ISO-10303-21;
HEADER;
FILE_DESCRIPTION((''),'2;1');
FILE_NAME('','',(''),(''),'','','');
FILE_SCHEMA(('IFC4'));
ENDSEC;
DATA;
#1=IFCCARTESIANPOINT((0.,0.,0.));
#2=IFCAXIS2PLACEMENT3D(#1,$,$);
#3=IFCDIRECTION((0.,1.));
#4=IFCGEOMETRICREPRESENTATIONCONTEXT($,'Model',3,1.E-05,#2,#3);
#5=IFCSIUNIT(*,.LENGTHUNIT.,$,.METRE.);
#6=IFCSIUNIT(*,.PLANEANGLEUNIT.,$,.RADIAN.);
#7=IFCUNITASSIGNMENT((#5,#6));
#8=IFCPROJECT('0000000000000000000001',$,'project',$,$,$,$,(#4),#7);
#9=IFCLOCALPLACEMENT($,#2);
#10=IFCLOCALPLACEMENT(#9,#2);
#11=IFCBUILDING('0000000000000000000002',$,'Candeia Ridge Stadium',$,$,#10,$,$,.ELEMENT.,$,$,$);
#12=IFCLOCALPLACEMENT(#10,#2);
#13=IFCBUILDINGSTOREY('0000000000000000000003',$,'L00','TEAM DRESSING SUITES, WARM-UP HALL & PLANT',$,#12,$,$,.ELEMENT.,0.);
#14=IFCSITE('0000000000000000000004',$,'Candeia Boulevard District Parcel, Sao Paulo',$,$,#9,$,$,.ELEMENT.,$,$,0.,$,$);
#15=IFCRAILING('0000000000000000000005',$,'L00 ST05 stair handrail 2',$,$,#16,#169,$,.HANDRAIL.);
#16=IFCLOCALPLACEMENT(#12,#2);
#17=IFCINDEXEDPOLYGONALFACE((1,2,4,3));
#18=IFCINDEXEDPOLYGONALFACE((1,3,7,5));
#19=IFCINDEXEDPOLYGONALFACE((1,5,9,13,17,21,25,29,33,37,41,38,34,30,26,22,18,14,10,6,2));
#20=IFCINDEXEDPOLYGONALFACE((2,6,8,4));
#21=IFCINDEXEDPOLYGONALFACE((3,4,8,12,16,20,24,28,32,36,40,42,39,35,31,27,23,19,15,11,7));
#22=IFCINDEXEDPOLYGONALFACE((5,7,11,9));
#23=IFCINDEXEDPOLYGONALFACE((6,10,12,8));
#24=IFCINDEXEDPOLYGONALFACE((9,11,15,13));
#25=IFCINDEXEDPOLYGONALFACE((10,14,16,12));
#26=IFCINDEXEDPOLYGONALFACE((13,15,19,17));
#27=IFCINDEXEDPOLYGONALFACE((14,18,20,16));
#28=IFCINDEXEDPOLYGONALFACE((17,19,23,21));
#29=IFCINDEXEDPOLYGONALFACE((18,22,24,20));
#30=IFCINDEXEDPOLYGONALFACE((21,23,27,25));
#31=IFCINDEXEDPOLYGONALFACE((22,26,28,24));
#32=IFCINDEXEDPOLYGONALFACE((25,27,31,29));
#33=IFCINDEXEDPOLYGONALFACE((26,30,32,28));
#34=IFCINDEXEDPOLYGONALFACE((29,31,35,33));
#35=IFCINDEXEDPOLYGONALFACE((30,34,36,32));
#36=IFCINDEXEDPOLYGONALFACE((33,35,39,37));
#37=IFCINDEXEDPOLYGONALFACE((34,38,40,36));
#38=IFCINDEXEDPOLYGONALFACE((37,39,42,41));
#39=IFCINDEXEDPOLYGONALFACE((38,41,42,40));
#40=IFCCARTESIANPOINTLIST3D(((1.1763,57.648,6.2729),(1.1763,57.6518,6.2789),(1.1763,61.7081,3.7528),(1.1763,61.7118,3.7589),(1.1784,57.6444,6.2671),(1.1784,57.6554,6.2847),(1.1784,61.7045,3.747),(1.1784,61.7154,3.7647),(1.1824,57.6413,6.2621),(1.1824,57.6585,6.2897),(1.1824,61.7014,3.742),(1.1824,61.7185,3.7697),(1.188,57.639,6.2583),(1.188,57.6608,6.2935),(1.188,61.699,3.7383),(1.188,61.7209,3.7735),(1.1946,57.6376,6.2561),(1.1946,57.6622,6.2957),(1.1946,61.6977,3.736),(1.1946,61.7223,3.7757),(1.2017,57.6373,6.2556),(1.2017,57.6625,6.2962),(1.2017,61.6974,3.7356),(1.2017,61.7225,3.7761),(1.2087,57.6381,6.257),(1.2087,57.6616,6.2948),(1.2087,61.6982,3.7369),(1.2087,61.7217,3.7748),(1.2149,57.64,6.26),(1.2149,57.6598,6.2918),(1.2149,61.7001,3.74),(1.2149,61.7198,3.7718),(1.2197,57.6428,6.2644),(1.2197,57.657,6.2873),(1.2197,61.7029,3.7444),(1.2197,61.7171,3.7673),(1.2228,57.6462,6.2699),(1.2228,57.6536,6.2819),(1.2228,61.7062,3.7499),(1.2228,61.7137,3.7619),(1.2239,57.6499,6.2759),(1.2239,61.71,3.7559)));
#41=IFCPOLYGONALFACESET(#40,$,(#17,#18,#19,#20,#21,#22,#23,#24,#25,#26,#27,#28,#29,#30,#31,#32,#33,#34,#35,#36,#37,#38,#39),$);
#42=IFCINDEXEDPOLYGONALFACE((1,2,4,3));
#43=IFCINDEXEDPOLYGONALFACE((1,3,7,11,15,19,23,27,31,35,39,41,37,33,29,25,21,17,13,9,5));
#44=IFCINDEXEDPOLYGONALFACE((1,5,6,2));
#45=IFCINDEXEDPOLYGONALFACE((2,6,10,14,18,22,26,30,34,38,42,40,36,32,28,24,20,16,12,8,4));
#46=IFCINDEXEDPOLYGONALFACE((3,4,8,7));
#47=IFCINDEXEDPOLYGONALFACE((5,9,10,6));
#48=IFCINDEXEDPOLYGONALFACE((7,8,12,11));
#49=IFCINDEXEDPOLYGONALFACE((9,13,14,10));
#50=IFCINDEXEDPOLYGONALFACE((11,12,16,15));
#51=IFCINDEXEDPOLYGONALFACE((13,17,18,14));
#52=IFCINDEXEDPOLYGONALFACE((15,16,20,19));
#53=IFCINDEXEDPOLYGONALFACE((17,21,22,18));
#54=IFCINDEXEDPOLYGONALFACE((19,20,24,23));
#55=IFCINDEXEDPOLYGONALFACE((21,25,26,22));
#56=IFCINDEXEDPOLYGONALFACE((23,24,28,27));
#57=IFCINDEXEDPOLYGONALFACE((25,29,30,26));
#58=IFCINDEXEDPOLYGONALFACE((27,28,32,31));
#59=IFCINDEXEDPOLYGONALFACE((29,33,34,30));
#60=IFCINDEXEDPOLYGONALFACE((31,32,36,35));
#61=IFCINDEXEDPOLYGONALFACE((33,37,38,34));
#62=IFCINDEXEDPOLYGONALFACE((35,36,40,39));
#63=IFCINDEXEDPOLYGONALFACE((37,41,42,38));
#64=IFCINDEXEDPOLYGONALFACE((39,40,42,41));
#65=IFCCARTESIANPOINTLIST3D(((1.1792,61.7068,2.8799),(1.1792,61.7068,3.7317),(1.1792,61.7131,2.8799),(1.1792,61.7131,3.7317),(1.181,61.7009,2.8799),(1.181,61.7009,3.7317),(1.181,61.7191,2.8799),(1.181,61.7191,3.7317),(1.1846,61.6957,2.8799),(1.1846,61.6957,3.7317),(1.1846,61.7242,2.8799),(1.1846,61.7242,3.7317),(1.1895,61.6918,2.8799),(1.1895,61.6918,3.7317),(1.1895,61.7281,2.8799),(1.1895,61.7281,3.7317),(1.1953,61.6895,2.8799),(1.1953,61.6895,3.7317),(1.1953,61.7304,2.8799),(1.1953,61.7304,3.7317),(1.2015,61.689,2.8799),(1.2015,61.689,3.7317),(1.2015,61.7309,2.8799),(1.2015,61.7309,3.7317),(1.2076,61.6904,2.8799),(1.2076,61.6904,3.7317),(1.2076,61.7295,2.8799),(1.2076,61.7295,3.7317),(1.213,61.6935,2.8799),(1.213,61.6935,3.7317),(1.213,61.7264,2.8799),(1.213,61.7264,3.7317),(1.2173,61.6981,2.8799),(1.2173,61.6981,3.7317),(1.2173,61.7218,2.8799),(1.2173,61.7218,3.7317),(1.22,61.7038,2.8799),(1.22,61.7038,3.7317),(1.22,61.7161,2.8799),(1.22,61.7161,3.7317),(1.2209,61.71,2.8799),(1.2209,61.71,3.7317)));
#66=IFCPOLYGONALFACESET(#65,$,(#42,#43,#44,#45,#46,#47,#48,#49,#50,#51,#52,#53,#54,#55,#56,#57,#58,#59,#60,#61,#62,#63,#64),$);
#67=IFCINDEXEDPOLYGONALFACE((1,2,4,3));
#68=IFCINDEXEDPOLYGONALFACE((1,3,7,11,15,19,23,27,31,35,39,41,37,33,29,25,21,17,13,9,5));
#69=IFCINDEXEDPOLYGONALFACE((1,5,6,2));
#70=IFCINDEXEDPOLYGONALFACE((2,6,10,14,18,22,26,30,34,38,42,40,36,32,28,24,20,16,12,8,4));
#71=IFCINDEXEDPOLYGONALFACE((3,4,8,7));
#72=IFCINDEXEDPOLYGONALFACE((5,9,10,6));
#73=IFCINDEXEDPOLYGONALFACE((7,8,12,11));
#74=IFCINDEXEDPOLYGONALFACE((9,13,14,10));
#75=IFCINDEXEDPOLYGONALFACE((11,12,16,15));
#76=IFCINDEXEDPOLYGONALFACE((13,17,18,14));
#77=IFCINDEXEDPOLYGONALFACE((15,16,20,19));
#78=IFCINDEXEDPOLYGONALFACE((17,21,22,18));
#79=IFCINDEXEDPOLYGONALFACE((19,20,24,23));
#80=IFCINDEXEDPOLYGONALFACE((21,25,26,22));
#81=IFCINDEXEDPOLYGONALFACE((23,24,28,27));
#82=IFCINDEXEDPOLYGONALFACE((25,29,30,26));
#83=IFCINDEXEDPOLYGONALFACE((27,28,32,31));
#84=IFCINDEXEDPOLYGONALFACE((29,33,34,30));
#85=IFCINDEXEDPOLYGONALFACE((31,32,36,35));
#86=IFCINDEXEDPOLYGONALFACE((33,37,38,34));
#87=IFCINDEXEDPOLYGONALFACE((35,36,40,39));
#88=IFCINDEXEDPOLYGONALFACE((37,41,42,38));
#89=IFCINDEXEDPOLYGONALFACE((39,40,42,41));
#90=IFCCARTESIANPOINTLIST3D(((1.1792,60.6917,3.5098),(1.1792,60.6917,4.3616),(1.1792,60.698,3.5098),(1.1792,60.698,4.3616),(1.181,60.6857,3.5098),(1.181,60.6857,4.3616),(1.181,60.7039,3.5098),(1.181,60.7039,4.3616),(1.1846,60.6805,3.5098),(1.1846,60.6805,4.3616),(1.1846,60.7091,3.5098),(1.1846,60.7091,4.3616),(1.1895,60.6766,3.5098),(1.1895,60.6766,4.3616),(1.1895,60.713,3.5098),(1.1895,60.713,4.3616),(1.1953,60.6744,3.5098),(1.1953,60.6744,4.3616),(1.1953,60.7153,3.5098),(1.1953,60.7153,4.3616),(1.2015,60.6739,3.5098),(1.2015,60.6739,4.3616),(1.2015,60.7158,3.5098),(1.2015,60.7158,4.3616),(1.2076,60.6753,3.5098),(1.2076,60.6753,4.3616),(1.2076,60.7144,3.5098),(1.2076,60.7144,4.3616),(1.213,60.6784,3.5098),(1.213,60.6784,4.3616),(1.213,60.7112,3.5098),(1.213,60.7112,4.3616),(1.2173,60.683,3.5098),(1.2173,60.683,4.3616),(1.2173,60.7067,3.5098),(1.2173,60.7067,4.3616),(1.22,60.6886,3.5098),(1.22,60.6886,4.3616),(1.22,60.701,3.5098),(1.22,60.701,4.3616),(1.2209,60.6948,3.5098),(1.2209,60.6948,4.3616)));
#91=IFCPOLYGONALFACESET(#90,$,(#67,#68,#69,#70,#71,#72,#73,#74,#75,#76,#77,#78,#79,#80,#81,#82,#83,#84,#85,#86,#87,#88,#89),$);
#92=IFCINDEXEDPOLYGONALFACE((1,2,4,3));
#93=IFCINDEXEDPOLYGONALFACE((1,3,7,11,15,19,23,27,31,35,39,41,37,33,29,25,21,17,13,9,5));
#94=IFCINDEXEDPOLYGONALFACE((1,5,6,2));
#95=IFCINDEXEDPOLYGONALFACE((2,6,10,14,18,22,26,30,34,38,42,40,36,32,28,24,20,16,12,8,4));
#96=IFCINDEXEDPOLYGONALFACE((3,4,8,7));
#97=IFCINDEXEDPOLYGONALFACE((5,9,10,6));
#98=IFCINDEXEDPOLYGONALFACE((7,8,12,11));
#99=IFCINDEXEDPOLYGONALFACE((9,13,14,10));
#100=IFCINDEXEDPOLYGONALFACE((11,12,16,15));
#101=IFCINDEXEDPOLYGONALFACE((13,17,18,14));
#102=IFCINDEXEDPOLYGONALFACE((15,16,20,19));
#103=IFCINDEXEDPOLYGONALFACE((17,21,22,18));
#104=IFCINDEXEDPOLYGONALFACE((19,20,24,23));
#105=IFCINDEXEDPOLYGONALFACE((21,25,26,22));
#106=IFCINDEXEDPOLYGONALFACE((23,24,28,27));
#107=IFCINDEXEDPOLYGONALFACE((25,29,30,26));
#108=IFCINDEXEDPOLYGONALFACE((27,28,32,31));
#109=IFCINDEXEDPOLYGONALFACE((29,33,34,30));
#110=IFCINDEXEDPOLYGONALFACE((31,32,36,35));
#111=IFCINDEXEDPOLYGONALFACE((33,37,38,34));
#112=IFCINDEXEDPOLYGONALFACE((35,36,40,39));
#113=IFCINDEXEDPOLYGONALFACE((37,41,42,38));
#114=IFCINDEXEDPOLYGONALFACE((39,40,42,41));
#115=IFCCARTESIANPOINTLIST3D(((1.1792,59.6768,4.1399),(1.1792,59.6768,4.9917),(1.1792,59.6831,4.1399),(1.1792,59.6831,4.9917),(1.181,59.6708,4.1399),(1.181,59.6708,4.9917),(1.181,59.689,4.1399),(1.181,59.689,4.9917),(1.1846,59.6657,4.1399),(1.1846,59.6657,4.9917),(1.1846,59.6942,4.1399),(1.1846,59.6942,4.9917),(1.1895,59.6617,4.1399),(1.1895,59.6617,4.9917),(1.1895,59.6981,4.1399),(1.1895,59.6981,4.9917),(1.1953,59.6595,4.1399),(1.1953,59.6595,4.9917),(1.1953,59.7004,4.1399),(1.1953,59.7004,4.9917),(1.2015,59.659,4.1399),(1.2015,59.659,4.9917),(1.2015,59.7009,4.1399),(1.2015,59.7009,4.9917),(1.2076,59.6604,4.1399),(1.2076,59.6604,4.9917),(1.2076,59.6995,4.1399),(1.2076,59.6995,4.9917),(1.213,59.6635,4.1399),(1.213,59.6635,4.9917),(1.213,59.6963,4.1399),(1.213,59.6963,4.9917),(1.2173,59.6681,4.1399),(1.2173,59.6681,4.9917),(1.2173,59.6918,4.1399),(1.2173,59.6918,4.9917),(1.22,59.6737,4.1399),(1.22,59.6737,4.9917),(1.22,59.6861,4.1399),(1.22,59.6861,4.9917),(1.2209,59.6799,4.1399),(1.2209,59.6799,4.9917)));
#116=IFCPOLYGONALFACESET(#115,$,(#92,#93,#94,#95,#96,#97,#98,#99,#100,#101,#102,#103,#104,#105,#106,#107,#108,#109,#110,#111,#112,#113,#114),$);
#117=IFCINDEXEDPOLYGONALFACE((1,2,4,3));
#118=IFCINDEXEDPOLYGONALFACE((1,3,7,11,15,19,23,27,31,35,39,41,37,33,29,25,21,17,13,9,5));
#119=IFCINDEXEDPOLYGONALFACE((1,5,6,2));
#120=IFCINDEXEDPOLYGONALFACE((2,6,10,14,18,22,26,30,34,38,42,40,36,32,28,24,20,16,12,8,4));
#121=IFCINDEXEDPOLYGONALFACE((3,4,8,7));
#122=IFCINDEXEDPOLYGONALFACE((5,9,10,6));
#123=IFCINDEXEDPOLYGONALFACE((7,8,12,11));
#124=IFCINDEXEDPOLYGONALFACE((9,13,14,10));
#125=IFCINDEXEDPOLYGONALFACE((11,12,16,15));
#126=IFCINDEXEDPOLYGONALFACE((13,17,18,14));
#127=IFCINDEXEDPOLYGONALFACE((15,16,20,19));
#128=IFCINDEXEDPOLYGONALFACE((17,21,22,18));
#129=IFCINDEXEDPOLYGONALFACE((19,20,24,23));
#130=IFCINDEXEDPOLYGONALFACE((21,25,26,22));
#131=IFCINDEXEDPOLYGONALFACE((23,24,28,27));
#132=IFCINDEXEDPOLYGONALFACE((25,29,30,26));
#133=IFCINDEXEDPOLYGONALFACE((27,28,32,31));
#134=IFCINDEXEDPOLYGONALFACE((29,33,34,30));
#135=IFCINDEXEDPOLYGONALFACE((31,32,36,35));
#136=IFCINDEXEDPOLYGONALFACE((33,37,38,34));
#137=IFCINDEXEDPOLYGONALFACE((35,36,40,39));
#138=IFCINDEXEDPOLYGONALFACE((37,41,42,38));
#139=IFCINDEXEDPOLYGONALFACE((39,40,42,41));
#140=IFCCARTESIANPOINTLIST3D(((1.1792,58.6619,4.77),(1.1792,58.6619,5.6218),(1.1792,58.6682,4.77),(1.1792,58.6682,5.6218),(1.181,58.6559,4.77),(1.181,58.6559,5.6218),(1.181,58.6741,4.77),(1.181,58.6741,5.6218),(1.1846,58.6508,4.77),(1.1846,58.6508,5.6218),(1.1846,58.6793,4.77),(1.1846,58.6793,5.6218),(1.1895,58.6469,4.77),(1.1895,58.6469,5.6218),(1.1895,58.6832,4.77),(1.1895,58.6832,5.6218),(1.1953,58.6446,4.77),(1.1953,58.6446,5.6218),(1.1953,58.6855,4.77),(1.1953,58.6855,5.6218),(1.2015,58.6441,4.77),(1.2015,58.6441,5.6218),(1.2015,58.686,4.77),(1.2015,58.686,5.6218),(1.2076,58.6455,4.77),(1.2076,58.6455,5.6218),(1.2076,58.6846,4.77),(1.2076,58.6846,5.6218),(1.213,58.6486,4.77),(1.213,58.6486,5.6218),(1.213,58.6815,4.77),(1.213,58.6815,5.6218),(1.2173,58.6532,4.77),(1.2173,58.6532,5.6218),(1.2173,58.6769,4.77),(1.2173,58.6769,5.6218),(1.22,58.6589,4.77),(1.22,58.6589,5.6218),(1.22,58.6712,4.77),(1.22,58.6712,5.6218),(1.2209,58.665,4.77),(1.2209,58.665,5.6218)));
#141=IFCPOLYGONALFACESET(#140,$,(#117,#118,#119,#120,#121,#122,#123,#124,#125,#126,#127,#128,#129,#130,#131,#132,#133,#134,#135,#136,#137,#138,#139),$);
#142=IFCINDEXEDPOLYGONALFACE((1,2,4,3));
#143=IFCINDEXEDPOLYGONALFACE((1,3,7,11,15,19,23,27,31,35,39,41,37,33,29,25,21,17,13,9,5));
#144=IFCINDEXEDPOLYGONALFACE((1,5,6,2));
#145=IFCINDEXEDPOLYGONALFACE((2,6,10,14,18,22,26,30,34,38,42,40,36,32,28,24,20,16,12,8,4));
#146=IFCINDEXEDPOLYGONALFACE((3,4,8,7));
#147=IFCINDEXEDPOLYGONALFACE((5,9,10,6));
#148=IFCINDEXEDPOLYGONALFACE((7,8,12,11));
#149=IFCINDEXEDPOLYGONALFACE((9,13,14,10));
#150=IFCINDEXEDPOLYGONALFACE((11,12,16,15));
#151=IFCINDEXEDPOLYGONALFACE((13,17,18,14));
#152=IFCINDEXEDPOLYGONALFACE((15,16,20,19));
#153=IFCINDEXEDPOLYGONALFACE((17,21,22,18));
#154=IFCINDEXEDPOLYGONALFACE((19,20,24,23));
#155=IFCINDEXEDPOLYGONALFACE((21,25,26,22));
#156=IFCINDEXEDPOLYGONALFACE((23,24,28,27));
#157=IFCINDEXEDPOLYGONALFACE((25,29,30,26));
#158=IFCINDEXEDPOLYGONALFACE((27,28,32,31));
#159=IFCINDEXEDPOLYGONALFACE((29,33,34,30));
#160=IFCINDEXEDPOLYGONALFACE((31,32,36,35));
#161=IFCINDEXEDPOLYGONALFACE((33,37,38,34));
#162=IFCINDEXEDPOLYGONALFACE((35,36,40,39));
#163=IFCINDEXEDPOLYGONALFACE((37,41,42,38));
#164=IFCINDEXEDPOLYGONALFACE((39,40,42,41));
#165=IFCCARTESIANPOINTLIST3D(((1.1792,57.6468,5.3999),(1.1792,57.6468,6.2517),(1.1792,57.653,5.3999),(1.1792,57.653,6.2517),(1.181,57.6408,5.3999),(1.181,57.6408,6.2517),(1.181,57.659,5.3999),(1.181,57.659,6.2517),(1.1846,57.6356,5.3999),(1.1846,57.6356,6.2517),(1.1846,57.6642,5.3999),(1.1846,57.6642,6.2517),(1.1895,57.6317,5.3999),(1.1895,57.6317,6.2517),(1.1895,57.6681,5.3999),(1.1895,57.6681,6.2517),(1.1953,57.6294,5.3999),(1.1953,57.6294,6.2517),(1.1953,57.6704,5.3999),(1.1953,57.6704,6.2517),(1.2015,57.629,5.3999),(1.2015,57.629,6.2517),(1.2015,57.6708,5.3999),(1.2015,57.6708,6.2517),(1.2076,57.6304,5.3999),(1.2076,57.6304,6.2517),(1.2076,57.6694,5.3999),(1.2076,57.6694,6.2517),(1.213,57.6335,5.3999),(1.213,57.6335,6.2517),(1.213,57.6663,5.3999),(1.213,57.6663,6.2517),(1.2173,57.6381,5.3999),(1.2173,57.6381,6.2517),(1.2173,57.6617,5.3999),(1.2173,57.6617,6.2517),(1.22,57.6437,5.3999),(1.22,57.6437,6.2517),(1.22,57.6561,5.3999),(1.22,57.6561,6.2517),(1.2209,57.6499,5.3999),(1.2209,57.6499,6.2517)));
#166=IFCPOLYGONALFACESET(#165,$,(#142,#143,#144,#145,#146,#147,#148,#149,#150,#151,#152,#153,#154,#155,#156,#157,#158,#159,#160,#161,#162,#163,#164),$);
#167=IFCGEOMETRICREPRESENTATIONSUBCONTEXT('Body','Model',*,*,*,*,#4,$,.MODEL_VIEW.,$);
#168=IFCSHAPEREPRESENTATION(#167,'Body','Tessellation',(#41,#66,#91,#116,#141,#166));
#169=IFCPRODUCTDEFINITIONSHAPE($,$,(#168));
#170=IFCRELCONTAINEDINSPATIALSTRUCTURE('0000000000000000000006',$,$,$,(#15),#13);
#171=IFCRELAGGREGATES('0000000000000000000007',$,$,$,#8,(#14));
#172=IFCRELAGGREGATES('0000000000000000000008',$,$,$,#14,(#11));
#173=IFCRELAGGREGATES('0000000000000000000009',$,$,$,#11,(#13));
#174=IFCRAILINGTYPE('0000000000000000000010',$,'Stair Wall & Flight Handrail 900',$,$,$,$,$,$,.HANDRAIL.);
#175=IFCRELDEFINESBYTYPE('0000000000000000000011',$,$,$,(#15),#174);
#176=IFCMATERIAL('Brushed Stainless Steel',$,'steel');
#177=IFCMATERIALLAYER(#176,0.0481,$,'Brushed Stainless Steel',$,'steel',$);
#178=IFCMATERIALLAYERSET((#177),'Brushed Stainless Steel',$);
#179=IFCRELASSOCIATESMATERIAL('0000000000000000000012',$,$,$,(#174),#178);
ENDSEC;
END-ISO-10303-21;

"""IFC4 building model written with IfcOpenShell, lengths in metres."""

from ifc_helpers import new_model, si_unit, direction, frame, origin, origin_2d, place, context, subcontext, project, spatial, circle, extrude, material, layer, layer_set, type_object, element, save


model = new_model("IFC4")

# Units and contexts
model_context = context("Model", 3, precision=1e-05, world=origin(), true_north=direction((0.0, 1.0)))
body_context = subcontext(model_context, "Body", "Model", "MODEL_VIEW")
ifc_project = project(units=[si_unit("LENGTHUNIT", "METRE"), si_unit("PLANEANGLEUNIT", "RADIAN")], contexts=[model_context])

# Site, building, storey
site_placement = place(None, origin())
site = spatial("IfcSite", under=ifc_project, at=site_placement, Name="Candeia Boulevard District Parcel, Sao Paulo", CompositionType="ELEMENT", RefElevation=0.0)
building_placement = place(site_placement, origin())
building = spatial("IfcBuilding", under=site, at=building_placement, Name="Candeia Ridge Stadium", CompositionType="ELEMENT")
storey_placement = place(building_placement, origin())
storey = spatial("IfcBuildingStorey", under=building, at=storey_placement, Name="L00", Description="TEAM DRESSING SUITES, WARM-UP HALL & PLANT", CompositionType="ELEMENT", Elevation=0.0)

# Railing
ifc_material_1 = material(Name="Brushed Stainless Steel", Category="steel")
ifc_layer_1 = layer(ifc_material_1, 0.0481, Name="Brushed Stainless Steel", Category="steel")
ifc_layer_set_1 = layer_set([ifc_layer_1], Name="Brushed Stainless Steel")
railing_type_1 = type_object("IfcRailingType", Name="Stair Wall & Flight Handrail 900", PredefinedType="HANDRAIL", material=ifc_layer_set_1)
railing_1_placement = place(storey_placement, frame((1.2, 61.71, 2.8799)))
element("IfcRailing", 1, at=railing_1_placement, inside=storey, type_object=railing_type_1, Name="L00 ST05 stair handrail 2", PredefinedType="HANDRAIL", context=body_context, shape_type="SweptSolid", body=[
    extrude(circle(Radius=0.0239, at=origin_2d()), frame((0.0, 0.0, 0.876), z_axis=(0.0, -0.849642, 0.52736), x_axis=(1.0, 0.0, 0.0)), (0.0, 0.0, 1.0), 4.7786),
    extrude(circle(Radius=0.021, at=origin_2d()), origin(), (0.0, 0.0, 1.0), 0.8518),
    extrude(circle(Radius=0.021, at=origin_2d()), frame((0.0, -1.0151, 0.6299)), (0.0, 0.0, 1.0), 0.8518),
    extrude(circle(Radius=0.021, at=origin_2d()), frame((0.0, -2.03, 1.26)), (0.0, 0.0, 1.0), 0.8518),
    extrude(circle(Radius=0.021, at=origin_2d()), frame((0.0, -3.0449, 1.8901)), (0.0, 0.0, 1.0), 0.8518),
    extrude(circle(Radius=0.021, at=origin_2d()), frame((0.0, -4.0601, 2.52)), (0.0, 0.0, 1.0), 0.8518),
])

save(model, "model.ifc")
